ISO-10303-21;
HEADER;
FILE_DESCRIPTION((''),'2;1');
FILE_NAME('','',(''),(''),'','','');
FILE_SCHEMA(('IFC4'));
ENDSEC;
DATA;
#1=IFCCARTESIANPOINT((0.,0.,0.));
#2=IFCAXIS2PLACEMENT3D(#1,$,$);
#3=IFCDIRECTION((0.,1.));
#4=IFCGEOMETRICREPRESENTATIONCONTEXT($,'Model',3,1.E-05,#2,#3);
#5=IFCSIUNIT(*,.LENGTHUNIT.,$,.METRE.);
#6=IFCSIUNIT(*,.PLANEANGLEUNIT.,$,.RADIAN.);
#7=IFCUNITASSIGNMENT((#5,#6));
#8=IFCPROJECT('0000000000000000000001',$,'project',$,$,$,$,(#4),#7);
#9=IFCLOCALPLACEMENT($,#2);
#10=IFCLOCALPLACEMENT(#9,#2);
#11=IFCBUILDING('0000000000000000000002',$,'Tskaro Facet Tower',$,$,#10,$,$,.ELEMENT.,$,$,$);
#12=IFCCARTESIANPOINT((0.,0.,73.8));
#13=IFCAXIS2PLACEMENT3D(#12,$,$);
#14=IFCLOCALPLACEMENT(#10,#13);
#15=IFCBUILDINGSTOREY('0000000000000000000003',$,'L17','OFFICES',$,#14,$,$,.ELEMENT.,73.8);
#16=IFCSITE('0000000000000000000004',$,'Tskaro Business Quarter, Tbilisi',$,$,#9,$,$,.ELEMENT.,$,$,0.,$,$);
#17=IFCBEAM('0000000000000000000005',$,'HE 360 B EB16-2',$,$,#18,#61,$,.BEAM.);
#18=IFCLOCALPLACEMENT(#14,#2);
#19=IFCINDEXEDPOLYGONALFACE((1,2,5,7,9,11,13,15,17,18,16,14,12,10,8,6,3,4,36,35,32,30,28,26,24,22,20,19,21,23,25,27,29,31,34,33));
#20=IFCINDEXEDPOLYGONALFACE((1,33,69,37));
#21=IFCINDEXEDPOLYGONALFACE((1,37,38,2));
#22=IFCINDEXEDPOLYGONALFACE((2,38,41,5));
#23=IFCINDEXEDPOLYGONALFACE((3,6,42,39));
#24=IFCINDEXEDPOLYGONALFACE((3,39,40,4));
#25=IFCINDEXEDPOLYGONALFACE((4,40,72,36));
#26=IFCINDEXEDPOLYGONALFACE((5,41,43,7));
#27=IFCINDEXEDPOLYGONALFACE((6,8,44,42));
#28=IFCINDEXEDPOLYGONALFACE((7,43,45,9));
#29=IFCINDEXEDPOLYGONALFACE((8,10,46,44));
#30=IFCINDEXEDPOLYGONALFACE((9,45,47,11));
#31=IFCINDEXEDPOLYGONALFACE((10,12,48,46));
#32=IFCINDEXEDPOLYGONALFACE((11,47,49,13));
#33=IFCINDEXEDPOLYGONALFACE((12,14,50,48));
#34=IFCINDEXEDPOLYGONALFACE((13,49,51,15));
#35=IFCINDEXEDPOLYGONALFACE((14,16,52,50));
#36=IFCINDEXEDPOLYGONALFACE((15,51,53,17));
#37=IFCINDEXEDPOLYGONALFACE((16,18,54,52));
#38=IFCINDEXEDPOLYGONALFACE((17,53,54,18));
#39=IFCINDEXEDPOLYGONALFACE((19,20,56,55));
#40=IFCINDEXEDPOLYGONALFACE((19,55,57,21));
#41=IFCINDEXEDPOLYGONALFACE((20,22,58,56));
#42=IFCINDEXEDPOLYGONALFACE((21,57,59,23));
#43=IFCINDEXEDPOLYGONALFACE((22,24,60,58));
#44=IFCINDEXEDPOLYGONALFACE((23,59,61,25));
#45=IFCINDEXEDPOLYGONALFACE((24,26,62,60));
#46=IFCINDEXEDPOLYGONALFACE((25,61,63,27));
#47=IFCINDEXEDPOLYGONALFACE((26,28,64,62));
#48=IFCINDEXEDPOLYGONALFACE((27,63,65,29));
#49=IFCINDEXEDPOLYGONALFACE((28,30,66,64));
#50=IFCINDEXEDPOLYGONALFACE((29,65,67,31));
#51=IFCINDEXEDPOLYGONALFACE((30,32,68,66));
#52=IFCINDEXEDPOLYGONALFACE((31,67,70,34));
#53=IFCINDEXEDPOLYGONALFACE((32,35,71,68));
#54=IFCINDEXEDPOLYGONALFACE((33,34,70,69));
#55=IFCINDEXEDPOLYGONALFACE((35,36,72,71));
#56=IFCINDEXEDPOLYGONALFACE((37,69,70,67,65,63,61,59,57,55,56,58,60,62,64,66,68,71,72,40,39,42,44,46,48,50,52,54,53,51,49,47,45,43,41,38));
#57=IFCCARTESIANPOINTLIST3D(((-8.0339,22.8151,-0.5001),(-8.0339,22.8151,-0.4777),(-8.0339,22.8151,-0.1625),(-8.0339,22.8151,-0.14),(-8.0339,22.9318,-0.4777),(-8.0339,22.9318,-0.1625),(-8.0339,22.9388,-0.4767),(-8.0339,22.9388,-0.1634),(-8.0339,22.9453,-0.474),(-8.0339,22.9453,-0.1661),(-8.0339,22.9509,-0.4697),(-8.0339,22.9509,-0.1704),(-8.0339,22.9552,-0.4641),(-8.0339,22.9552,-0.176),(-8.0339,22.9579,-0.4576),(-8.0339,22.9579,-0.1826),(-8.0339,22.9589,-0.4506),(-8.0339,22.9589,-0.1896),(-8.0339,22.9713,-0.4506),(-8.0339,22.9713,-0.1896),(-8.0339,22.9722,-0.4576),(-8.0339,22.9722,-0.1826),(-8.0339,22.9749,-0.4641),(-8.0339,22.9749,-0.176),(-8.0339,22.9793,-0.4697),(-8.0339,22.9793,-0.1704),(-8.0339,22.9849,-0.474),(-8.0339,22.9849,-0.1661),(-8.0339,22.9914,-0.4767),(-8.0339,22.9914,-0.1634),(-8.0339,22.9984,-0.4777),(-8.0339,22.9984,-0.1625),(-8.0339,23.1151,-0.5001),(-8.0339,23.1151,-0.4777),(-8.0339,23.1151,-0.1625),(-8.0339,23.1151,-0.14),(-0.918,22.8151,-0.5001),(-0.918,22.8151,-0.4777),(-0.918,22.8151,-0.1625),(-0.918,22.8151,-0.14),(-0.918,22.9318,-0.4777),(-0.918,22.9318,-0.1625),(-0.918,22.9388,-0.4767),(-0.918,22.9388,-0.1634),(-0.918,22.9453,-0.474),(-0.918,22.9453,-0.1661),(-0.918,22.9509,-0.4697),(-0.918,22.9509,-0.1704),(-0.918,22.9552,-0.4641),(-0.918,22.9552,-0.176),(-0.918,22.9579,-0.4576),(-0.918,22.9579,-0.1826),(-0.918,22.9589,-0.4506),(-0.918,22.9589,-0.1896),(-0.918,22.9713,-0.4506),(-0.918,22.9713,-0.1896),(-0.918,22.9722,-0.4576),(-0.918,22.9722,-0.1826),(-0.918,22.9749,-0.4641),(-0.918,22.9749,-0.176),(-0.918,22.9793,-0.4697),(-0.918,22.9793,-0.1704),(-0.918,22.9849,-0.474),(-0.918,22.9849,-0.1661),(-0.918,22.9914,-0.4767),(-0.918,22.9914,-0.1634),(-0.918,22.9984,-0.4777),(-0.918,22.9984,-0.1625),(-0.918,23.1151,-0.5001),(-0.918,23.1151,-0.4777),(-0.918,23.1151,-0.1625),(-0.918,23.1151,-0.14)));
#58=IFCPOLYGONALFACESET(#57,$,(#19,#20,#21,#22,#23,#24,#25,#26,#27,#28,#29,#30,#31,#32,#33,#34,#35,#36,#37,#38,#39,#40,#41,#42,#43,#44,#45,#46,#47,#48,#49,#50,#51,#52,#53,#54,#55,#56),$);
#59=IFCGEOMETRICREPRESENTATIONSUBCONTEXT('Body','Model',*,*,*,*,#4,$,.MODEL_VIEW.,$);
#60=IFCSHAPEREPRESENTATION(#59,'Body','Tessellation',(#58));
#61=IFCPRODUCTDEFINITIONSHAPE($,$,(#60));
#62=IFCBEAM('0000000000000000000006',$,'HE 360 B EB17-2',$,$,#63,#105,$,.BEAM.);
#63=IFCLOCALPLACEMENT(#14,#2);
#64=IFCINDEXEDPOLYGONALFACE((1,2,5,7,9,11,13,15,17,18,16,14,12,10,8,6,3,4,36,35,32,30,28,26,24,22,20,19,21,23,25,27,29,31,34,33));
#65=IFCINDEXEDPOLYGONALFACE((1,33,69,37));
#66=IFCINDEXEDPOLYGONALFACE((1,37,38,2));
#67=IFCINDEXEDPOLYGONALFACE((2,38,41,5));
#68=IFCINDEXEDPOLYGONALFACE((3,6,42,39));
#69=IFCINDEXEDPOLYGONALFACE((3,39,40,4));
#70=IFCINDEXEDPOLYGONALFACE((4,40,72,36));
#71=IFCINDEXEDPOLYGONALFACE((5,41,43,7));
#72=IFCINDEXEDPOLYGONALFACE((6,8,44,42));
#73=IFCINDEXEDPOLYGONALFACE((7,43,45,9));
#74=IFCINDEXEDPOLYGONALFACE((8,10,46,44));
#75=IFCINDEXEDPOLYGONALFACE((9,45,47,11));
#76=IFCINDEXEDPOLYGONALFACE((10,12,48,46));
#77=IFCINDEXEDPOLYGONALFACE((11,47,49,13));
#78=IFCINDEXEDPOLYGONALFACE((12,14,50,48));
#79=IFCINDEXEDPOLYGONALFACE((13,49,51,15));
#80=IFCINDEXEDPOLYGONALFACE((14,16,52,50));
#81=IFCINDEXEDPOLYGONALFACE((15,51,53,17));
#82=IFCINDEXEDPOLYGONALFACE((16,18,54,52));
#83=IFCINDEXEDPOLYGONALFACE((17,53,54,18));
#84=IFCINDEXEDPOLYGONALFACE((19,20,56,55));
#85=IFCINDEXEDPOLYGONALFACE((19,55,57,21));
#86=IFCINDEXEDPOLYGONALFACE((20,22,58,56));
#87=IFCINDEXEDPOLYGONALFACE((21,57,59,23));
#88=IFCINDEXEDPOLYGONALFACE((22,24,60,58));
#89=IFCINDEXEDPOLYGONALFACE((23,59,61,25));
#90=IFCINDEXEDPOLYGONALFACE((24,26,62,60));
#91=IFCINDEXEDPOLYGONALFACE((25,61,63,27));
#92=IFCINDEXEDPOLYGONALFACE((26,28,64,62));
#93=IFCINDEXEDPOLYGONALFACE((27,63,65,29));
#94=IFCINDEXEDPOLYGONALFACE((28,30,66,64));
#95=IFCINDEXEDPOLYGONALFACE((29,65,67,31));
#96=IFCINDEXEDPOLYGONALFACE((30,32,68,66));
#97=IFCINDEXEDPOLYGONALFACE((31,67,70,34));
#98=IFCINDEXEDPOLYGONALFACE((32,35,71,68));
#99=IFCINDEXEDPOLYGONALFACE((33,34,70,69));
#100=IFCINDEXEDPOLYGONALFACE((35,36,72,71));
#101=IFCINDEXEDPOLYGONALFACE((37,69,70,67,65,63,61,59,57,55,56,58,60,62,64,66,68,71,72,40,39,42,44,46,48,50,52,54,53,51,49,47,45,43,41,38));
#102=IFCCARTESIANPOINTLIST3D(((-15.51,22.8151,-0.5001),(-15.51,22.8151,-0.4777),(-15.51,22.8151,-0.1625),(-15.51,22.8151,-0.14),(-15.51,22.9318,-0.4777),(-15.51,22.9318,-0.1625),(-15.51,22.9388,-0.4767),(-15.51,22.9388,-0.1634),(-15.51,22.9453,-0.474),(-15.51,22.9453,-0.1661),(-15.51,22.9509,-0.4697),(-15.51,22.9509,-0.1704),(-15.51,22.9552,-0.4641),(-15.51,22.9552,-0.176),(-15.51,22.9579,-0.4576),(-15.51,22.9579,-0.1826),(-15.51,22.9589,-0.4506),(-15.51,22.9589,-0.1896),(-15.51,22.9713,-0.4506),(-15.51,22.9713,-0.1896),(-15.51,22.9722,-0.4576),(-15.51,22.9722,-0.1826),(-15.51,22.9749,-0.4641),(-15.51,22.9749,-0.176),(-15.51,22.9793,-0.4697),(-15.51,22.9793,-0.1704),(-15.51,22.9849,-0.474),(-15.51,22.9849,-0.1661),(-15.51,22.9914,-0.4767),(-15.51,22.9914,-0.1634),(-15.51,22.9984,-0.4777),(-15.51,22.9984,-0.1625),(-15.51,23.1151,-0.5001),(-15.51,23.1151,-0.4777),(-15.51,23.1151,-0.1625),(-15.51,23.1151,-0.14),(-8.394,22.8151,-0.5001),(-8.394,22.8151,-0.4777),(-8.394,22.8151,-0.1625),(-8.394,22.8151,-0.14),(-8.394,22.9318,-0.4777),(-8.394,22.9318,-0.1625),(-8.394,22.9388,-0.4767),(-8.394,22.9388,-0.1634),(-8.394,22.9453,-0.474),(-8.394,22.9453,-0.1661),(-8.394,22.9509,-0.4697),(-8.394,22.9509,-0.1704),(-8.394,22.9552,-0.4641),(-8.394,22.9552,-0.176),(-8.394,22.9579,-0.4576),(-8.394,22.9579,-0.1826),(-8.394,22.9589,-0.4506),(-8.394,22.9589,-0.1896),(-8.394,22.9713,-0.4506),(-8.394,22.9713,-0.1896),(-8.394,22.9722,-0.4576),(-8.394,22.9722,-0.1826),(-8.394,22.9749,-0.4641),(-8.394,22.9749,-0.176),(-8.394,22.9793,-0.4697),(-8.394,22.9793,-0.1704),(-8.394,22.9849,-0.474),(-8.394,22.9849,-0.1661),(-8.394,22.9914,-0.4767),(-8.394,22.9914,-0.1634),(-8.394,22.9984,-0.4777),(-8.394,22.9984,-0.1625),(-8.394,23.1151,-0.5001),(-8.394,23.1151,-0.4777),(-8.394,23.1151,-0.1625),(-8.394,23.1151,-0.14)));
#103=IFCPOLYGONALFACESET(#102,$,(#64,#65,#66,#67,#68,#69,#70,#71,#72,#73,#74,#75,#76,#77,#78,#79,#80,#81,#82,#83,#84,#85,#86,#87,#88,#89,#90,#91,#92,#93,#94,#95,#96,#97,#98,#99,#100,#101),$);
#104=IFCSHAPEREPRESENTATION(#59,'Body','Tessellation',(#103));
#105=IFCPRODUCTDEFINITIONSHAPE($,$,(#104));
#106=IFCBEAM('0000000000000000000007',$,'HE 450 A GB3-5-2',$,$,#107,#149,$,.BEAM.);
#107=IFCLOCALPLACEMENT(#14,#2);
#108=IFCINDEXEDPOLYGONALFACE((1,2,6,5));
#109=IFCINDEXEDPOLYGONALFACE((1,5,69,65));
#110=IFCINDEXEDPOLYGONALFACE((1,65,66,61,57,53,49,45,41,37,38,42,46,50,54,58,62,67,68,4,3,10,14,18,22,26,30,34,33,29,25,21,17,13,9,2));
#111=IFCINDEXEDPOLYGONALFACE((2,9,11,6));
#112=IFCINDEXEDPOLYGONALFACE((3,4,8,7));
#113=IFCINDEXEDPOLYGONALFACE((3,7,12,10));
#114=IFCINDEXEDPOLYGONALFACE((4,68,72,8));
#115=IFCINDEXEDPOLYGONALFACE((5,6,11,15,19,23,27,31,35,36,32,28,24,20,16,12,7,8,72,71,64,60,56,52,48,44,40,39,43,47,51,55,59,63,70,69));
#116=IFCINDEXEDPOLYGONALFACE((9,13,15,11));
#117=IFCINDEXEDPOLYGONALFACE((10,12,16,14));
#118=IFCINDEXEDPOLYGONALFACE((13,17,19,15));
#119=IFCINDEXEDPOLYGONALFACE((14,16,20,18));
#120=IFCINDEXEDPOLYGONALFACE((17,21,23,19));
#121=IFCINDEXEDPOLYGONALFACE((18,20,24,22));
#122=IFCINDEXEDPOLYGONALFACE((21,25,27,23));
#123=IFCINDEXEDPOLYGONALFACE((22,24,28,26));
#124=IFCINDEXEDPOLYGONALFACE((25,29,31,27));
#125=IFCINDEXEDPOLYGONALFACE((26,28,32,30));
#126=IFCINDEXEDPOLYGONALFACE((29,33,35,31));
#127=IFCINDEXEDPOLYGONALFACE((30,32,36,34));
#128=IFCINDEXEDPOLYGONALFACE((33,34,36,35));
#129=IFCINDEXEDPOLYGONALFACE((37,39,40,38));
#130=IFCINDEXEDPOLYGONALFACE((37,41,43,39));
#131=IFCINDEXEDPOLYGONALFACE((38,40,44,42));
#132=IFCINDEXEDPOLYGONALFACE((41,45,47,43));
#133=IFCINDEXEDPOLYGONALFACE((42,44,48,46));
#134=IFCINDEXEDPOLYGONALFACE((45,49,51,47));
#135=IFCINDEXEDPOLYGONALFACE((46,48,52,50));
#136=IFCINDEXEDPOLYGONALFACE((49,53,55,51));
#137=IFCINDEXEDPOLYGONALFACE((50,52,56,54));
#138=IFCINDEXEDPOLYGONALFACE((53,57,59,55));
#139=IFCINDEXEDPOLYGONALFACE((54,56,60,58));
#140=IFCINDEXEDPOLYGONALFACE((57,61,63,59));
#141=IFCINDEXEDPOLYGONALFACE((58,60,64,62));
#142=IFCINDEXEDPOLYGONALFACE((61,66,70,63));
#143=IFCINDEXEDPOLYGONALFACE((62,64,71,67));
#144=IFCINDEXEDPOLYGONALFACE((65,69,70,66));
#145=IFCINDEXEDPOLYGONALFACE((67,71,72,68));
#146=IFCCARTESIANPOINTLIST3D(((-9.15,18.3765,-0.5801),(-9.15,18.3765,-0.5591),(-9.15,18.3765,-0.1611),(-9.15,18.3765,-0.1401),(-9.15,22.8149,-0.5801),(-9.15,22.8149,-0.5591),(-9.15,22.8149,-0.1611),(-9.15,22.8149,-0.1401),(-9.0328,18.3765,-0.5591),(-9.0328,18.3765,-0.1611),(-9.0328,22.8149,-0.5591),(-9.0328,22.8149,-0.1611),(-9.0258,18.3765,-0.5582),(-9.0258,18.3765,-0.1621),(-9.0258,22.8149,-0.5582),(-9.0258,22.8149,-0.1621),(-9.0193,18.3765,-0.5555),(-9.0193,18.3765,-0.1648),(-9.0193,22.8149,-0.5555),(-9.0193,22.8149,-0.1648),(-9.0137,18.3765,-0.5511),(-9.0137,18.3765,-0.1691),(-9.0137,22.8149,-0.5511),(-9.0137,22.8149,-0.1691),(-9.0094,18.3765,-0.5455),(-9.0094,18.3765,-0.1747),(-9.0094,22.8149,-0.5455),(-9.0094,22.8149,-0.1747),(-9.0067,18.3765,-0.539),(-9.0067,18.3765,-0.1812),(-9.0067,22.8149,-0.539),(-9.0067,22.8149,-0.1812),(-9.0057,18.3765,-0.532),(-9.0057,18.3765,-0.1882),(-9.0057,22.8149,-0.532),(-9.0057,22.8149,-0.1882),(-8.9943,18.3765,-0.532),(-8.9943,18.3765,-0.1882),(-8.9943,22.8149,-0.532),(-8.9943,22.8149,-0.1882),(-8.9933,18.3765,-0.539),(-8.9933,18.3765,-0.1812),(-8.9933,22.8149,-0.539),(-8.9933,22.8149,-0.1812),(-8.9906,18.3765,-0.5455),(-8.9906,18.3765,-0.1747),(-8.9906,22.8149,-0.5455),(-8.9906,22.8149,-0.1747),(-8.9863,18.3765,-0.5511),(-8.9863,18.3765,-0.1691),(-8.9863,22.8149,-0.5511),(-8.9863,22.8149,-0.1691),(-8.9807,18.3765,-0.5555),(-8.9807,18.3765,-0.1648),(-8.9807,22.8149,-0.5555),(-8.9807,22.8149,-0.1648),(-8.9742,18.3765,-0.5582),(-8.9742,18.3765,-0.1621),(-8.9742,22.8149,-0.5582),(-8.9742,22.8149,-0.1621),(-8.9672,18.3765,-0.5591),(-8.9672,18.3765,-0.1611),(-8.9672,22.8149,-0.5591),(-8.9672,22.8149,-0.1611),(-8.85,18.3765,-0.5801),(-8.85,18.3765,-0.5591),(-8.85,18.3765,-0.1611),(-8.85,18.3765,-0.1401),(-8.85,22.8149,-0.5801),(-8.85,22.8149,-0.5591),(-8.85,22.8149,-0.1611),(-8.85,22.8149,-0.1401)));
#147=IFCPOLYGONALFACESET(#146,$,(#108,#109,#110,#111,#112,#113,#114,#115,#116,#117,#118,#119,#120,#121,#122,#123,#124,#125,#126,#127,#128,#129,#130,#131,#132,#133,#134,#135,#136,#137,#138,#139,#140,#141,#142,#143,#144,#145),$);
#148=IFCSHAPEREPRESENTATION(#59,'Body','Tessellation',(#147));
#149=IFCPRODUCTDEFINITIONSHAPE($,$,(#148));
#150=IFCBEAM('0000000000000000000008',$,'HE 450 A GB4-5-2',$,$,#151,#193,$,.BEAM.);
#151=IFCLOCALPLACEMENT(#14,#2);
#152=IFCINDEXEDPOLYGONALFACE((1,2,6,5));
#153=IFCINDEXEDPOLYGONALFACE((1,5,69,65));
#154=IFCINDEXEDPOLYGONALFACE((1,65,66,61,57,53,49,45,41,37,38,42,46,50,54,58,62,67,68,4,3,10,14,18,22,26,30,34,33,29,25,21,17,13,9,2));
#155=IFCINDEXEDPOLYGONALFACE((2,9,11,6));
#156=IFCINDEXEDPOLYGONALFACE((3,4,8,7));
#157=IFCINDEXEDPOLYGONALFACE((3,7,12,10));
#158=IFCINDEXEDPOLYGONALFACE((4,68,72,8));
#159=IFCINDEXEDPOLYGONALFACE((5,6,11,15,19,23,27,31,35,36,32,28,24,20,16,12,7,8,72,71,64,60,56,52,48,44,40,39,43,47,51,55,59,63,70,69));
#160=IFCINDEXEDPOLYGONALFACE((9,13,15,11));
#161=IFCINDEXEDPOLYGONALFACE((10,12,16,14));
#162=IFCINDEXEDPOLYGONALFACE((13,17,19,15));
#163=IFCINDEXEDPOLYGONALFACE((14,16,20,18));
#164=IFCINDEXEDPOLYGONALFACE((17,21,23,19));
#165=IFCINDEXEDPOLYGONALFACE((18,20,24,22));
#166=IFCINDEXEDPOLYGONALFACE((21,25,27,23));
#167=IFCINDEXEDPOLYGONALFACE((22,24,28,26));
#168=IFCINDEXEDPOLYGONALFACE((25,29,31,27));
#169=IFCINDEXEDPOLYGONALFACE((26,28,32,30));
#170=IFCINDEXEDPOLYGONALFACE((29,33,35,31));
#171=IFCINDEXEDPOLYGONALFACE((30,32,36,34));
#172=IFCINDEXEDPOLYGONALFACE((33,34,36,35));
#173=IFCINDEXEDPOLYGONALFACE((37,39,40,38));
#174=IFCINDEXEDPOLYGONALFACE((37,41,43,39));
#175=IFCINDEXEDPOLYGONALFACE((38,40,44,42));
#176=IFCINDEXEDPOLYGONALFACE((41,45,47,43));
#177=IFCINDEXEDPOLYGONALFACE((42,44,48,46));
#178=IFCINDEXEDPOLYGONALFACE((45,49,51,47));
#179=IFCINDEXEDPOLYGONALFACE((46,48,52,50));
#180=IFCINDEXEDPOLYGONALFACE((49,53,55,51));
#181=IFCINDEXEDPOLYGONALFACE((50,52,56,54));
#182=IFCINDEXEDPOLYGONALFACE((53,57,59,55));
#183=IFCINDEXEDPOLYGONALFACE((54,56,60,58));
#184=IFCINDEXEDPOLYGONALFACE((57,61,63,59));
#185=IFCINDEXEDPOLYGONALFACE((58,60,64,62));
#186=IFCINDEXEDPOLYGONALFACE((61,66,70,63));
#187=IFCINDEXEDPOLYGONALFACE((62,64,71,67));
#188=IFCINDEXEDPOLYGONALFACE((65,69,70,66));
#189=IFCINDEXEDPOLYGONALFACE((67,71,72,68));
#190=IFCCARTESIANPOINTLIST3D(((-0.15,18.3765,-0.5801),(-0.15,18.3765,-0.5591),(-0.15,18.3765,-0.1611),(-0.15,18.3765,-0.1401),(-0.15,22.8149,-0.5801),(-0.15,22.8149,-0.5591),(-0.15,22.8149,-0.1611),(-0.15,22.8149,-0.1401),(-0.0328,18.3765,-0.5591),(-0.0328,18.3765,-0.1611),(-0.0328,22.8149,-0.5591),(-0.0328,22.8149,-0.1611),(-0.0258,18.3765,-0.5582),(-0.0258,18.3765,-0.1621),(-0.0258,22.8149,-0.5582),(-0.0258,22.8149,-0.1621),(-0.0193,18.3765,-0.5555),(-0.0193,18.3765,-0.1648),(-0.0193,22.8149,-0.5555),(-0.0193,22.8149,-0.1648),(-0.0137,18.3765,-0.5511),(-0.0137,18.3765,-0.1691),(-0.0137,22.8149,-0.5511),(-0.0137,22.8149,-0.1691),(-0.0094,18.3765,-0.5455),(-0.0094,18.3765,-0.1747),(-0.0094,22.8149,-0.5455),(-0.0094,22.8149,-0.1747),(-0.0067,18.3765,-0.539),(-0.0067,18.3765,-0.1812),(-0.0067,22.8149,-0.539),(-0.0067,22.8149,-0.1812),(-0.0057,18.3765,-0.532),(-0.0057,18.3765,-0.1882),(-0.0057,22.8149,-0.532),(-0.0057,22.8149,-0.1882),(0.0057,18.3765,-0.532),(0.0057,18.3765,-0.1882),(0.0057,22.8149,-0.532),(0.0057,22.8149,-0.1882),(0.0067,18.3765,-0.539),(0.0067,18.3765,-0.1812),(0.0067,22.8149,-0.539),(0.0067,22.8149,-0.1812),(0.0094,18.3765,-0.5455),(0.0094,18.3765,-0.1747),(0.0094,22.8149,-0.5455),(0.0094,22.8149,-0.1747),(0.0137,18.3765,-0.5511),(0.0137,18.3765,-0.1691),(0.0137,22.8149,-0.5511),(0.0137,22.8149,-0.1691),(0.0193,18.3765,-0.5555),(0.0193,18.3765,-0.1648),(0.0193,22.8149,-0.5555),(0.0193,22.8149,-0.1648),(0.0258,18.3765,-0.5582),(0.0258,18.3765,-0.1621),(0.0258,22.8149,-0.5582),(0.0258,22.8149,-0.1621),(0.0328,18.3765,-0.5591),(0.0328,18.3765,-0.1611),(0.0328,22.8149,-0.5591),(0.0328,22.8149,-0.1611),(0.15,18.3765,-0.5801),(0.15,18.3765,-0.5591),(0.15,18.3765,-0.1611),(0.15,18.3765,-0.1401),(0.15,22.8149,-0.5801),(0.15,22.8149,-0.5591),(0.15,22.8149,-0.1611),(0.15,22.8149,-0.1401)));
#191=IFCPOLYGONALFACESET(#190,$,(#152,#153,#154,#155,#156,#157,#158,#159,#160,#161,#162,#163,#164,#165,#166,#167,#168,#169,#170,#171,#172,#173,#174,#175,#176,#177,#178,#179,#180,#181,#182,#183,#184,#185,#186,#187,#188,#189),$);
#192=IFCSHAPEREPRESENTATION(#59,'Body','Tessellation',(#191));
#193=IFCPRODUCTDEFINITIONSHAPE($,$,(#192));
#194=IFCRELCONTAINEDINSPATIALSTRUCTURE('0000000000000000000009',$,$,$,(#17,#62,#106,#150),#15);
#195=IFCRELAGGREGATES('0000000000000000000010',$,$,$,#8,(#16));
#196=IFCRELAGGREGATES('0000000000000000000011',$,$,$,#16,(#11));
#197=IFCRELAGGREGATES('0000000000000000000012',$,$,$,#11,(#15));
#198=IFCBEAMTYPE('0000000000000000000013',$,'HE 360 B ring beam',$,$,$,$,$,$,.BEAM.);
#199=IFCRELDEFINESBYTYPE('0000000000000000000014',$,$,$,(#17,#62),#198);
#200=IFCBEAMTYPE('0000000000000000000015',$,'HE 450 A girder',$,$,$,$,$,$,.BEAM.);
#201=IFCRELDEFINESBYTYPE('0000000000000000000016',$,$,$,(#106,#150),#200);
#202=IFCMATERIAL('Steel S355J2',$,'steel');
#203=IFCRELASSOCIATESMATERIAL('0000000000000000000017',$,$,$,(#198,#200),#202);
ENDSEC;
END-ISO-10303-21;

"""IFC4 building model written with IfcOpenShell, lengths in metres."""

from ifc_helpers import new_model, si_unit, direction, frame, origin, origin_2d, place, context, subcontext, project, spatial, i_section, extrude, material, material_profile, profile_set, type_object, element, save


model = new_model("IFC4")

# Units and contexts
model_context = context("Model", 3, precision=1e-05, world=origin(), true_north=direction((0.0, 1.0)))
body_context = subcontext(model_context, "Body", "Model", "MODEL_VIEW")
ifc_project = project(units=[si_unit("LENGTHUNIT", "METRE"), si_unit("PLANEANGLEUNIT", "RADIAN")], contexts=[model_context])

# Site, building, storey
site_placement = place(None, origin())
site = spatial("IfcSite", under=ifc_project, at=site_placement, Name="Tskaro Business Quarter, Tbilisi", CompositionType="ELEMENT", RefElevation=0.0)
building_placement = place(site_placement, origin())
building = spatial("IfcBuilding", under=site, at=building_placement, Name="Tskaro Facet Tower", CompositionType="ELEMENT")
storey_placement = place(building_placement, frame((0.0, 0.0, 73.8)))
storey = spatial("IfcBuildingStorey", under=building, at=storey_placement, Name="L17", Description="OFFICES", CompositionType="ELEMENT", Elevation=73.8)

# Beams
ifc_material_1 = material(Name="Steel S355J2", Category="steel")
ifc_material_profile_1 = material_profile(ifc_material_1, i_section(OverallWidth=0.3, OverallDepth=0.3601, WebThickness=0.0125, FlangeThickness=0.0225, FilletRadius=0.0271, at=origin_2d()), Name="HE 360 B")
ifc_profile_set_1 = profile_set([ifc_material_profile_1], Name="Steel S355J2")
beam_type_1 = type_object("IfcBeamType", Name="HE 360 B ring beam", PredefinedType="BEAM", material=ifc_profile_set_1)
for number, where, z_axis, x_axis, name in (
    (1, (-0.918, 22.9651, -0.3201), (-1.0, 0.0, 0.0), (0.0, -1.0, 0.0), "HE 360 B EB16-2"),
    (2, (-8.394, 22.9651, -0.3201), (-1.0, 0.0, 0.0), (0.0, -1.0, 0.0), "HE 360 B EB17-2"),
):
    element("IfcBeam", number, at=place(storey_placement, frame(where, z_axis=z_axis, x_axis=x_axis)), inside=storey, type_object=beam_type_1, Name=name, PredefinedType="BEAM", context=body_context, shape_type="SweptSolid", body=[
        extrude(i_section(OverallWidth=0.3, OverallDepth=0.3601, WebThickness=0.0125, FlangeThickness=0.0225, FilletRadius=0.0271, at=origin_2d()), origin(), (0.0, 0.0, 1.0), 7.116),
    ])
ifc_material_profile_2 = material_profile(ifc_material_1, i_section(OverallWidth=0.3, OverallDepth=0.4399, WebThickness=0.0115, FlangeThickness=0.021, FilletRadius=0.0271, at=origin_2d()), Name="HE 450 A")
ifc_profile_set_2 = profile_set([ifc_material_profile_2], Name="Steel S355J2")
beam_type_2 = type_object("IfcBeamType", Name="HE 450 A girder", PredefinedType="BEAM", material=ifc_profile_set_2)
for number, where, z_axis, x_axis, name in (
    (3, (-9.0, 18.3765, -0.3601), (0.0, 1.0, 0.0), (-1.0, 0.0, 0.0), "HE 450 A GB3-5-2"),
    (4, (0.0, 18.3765, -0.3601), (0.0, 1.0, 0.0), (-1.0, 0.0, 0.0), "HE 450 A GB4-5-2"),
):
    element("IfcBeam", number, at=place(storey_placement, frame(where, z_axis=z_axis, x_axis=x_axis)), inside=storey, type_object=beam_type_2, Name=name, PredefinedType="BEAM", context=body_context, shape_type="SweptSolid", body=[
        extrude(i_section(OverallWidth=0.3, OverallDepth=0.4399, WebThickness=0.0115, FlangeThickness=0.021, FilletRadius=0.0271, at=origin_2d()), origin(), (0.0, 0.0, 1.0), 4.4385),
    ])

save(model, "model.ifc")
